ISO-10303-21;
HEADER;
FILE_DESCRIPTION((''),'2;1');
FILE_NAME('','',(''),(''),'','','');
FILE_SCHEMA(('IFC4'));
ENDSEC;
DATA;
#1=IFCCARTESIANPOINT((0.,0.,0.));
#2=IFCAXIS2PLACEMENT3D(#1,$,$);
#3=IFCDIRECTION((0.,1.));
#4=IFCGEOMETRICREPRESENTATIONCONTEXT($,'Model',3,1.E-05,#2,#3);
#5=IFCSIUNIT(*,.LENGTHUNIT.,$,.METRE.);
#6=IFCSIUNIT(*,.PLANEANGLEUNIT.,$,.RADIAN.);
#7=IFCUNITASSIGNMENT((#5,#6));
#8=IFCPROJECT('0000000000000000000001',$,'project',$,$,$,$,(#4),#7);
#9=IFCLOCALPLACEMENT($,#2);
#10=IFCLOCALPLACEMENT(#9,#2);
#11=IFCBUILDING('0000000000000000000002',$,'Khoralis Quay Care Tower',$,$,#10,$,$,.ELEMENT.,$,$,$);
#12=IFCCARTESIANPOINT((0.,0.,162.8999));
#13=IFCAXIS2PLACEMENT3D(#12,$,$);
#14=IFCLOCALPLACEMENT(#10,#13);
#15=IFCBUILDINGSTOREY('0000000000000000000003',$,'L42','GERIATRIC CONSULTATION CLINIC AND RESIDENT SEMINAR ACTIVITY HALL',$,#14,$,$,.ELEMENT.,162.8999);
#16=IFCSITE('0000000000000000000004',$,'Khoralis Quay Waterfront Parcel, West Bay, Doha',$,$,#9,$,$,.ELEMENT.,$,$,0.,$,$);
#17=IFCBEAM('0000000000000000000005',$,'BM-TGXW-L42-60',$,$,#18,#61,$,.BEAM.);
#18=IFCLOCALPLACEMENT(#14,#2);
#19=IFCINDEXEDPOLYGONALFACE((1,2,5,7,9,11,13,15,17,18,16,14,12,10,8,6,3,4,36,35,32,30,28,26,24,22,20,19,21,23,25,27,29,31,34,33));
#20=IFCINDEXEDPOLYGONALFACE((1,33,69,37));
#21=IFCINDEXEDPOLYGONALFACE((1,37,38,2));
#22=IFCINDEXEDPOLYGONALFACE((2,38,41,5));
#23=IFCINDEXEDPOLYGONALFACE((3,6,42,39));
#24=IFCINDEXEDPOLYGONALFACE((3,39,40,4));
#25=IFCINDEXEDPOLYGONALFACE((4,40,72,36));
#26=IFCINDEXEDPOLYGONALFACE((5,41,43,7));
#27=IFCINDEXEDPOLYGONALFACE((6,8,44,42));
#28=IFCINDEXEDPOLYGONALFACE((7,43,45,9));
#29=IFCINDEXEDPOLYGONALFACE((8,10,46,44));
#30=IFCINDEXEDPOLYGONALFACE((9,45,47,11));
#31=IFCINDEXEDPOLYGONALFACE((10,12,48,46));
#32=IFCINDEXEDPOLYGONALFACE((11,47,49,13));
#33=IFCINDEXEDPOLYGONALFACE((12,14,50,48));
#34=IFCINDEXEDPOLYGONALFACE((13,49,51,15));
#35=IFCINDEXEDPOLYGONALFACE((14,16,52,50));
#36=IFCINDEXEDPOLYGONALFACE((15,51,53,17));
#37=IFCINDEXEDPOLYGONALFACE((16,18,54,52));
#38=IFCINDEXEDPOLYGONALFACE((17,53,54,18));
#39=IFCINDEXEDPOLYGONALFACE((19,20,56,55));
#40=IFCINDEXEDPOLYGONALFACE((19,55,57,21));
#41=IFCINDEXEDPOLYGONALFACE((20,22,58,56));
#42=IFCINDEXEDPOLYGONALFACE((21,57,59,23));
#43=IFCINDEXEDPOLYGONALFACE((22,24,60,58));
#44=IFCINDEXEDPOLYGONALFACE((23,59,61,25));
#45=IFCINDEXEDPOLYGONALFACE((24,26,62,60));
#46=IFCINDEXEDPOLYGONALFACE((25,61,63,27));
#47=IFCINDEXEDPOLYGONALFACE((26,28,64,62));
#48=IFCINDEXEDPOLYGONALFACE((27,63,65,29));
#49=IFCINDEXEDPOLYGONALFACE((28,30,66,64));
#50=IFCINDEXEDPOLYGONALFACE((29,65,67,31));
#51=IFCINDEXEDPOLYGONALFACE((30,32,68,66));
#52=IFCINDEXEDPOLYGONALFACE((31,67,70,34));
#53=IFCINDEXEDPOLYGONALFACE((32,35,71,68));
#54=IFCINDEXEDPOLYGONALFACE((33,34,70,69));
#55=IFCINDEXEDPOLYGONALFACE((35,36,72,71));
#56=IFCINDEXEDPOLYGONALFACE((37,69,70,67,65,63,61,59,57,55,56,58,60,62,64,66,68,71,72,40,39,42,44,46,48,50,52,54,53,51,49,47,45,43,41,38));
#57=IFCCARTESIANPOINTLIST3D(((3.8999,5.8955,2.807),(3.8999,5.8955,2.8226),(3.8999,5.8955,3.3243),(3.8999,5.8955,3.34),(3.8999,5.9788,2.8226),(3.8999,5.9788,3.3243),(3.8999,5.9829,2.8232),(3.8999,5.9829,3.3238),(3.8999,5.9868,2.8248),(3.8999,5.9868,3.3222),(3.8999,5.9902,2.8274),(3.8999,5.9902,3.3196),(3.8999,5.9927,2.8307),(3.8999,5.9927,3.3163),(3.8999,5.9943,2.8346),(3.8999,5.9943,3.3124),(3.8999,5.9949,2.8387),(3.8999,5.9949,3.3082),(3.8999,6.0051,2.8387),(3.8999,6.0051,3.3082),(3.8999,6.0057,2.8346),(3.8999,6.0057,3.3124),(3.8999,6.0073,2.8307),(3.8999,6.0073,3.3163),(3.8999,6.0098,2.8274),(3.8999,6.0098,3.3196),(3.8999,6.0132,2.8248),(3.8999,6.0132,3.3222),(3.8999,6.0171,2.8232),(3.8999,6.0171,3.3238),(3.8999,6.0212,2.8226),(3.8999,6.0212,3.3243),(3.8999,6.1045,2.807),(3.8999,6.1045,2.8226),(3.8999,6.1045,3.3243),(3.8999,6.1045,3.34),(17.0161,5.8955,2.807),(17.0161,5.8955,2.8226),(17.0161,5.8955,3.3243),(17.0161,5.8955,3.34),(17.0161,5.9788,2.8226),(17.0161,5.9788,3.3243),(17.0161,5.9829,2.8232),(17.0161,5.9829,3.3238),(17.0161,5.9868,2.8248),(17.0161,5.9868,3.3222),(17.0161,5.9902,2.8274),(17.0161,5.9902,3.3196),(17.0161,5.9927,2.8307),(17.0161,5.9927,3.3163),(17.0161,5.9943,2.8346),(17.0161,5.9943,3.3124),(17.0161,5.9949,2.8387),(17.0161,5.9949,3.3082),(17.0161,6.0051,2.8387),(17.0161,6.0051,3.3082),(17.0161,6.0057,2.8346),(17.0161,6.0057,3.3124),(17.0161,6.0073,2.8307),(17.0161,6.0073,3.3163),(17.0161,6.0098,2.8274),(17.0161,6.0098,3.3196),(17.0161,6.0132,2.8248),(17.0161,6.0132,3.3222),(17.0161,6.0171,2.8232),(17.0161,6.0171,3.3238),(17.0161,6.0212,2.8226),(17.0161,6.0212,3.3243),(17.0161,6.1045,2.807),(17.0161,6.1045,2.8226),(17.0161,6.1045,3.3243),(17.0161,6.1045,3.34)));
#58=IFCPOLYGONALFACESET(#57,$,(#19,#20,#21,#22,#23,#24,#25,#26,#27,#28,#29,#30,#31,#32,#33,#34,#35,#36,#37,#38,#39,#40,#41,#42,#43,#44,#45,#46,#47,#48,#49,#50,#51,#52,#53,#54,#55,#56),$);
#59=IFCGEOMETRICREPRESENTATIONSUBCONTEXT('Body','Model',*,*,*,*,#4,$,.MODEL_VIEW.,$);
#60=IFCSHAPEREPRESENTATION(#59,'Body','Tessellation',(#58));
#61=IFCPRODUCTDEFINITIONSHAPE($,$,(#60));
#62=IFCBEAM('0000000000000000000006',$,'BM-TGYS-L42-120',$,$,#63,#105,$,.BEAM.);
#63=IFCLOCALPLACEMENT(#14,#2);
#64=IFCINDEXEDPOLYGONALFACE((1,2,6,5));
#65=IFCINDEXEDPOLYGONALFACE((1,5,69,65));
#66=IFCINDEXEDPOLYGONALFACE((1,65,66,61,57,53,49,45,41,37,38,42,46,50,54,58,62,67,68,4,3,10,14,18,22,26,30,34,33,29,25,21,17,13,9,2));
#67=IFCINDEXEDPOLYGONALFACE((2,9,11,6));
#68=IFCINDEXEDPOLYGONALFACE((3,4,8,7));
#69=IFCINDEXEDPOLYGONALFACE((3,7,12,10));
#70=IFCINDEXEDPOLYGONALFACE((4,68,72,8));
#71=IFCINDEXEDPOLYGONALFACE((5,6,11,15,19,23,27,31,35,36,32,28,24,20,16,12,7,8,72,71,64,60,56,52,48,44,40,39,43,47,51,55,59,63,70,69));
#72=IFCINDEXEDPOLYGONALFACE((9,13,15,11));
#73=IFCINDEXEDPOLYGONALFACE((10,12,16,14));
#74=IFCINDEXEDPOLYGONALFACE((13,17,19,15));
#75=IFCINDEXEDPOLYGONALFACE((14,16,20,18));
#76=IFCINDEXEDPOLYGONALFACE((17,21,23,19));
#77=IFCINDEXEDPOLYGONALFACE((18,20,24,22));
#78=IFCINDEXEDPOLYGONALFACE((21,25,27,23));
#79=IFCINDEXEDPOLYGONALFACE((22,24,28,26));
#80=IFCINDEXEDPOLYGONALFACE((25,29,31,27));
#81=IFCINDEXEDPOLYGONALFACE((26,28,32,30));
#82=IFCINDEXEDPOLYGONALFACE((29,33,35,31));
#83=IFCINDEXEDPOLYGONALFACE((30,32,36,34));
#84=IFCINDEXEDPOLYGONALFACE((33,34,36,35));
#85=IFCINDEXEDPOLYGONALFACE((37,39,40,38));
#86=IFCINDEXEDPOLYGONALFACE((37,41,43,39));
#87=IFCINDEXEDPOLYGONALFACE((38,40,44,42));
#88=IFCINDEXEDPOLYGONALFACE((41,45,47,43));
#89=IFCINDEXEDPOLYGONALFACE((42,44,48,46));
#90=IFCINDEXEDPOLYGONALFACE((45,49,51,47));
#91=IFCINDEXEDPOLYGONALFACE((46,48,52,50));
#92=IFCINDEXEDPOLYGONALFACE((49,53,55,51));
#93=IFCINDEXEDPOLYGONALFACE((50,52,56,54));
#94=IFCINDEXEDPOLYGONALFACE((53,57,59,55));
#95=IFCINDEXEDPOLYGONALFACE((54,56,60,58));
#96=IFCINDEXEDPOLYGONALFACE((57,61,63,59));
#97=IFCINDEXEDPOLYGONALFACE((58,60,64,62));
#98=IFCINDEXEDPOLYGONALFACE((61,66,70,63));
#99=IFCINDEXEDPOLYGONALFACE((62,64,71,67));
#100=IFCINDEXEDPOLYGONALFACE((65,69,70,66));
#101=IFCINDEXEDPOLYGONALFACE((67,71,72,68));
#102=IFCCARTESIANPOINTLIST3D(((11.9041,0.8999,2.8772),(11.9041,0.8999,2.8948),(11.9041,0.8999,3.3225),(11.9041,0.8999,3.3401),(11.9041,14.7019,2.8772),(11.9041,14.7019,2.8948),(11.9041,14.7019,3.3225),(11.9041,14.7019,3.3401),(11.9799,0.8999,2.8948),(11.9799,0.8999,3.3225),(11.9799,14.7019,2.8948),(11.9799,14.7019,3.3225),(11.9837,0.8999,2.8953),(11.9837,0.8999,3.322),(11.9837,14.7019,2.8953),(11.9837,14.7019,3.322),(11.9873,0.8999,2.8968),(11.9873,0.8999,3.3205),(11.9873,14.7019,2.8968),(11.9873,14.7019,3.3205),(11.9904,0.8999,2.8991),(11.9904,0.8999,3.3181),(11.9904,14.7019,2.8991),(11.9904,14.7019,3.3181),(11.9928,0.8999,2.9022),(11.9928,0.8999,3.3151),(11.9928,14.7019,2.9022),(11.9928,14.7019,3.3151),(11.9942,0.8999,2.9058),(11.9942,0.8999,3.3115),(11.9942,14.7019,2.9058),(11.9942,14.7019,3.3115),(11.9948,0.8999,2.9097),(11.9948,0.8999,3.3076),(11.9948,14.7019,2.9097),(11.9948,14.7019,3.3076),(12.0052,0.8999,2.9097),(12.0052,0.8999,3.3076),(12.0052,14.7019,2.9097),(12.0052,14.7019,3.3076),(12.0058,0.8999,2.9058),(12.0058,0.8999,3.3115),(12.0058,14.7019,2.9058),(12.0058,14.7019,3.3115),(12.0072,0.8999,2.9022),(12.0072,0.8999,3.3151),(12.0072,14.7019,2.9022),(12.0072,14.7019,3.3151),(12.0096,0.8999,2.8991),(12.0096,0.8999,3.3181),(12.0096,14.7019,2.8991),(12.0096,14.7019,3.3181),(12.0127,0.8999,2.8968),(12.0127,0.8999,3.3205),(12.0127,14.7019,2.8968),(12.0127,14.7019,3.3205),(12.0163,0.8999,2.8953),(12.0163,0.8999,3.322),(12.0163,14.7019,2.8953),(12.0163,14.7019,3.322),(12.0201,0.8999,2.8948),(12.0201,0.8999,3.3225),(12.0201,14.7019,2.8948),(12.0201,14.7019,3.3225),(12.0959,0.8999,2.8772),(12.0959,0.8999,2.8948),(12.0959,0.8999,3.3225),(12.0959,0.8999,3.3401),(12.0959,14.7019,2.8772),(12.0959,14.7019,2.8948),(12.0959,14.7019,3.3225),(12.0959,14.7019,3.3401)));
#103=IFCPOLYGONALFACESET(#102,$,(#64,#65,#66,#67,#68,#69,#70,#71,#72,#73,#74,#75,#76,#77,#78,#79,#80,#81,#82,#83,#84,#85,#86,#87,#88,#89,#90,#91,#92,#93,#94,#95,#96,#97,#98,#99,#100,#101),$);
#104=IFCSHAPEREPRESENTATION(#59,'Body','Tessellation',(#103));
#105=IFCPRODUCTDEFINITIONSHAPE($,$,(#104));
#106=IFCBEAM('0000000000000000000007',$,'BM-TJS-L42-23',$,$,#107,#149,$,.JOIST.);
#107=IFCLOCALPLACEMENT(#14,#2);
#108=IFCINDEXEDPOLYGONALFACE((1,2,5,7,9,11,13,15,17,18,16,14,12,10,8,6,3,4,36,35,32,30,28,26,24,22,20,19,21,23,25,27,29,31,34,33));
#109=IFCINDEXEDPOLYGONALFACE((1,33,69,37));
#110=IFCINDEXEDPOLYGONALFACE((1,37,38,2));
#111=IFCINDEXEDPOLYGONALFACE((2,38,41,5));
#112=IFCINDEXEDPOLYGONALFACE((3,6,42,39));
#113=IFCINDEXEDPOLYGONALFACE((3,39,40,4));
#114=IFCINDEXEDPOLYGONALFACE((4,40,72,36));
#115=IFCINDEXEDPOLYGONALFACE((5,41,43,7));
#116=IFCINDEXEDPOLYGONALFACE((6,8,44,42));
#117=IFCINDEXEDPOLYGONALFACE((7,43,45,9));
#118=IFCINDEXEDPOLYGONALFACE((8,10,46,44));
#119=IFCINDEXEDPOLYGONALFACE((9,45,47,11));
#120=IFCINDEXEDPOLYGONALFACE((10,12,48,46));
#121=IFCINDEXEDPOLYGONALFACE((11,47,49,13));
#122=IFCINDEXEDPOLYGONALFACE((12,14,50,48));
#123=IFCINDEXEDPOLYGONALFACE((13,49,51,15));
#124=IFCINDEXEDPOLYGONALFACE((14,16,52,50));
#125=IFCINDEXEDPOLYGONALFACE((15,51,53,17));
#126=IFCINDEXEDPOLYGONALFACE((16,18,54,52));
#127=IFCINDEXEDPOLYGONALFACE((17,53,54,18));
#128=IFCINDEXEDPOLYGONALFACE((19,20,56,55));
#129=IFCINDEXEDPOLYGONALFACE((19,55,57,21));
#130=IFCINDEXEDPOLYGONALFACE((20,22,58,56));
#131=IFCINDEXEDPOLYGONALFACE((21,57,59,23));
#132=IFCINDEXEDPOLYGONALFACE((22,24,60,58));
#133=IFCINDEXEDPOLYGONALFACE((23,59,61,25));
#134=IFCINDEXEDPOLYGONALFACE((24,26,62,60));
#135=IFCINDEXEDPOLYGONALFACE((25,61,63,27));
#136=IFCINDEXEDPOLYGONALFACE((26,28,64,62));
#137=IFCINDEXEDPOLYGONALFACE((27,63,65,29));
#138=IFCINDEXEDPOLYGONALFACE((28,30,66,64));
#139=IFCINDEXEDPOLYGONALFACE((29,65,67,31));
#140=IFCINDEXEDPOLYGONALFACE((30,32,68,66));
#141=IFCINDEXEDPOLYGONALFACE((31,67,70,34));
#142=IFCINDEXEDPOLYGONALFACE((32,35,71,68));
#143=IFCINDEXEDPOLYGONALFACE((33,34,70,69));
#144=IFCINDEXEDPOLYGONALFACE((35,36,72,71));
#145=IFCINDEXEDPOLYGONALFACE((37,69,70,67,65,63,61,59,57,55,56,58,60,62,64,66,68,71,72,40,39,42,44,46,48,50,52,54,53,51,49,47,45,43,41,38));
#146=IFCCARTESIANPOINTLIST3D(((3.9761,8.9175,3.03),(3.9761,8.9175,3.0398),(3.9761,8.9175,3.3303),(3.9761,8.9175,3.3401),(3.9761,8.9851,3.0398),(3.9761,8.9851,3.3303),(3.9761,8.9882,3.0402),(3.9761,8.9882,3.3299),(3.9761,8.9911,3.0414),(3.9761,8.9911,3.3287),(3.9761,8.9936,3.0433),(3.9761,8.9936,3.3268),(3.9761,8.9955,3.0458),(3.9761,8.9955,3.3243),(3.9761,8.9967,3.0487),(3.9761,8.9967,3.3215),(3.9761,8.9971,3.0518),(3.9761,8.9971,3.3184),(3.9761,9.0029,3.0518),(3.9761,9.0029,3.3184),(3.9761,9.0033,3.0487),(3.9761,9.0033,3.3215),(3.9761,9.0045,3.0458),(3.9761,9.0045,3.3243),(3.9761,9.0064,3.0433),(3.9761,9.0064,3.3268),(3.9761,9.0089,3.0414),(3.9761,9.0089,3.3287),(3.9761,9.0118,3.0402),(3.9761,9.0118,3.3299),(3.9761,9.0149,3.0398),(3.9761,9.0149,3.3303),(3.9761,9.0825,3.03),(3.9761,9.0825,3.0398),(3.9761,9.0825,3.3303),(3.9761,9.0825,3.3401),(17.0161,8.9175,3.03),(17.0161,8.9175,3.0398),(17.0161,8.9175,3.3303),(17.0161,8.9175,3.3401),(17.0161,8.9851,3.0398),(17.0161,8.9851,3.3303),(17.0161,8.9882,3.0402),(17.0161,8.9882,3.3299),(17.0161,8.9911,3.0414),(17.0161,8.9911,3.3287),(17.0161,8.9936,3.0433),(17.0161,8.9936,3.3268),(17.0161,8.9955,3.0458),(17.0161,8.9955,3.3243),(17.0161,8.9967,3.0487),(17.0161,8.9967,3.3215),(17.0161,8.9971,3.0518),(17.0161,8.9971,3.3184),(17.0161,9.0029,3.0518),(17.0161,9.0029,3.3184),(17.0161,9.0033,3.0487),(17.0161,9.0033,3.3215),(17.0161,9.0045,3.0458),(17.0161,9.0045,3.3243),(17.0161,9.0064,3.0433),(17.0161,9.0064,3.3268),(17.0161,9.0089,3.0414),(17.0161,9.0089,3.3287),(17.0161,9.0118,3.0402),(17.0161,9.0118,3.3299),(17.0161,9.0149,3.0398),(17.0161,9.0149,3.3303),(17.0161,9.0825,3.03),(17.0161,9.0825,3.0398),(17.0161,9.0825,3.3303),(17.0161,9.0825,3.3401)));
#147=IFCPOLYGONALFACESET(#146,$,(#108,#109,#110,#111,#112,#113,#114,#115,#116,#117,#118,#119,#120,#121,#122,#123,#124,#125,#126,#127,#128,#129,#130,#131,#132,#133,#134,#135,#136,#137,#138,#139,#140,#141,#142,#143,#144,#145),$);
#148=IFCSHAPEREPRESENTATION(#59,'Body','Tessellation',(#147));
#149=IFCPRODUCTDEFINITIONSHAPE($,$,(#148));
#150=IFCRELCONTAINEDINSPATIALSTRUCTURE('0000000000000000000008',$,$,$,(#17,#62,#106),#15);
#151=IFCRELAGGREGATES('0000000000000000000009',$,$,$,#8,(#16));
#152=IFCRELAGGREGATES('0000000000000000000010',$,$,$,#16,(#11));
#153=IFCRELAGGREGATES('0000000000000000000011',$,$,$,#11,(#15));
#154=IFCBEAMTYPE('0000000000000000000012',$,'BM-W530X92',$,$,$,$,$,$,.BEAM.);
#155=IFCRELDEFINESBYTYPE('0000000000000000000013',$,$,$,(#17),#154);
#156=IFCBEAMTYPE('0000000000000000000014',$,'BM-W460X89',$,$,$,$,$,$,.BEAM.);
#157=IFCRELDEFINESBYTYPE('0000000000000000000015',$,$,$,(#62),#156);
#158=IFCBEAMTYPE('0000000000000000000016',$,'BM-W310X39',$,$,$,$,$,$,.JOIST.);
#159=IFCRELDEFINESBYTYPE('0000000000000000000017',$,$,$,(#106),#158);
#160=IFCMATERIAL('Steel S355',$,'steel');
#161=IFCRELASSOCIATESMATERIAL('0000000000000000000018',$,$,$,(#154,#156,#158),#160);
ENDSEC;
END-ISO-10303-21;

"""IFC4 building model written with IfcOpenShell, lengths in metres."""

from ifc_helpers import new_model, si_unit, direction, frame, origin, origin_2d, place, context, subcontext, project, spatial, i_section, extrude, source, transform, mapped, material, material_profile, profile_set, type_object, element, save


model = new_model("IFC4")

# Units and contexts
model_context = context("Model", 3, precision=1e-05, world=origin(), true_north=direction((0.0, 1.0)))
body_context = subcontext(model_context, "Body", "Model", "MODEL_VIEW")
ifc_project = project(units=[si_unit("LENGTHUNIT", "METRE"), si_unit("PLANEANGLEUNIT", "RADIAN")], contexts=[model_context])

# Site, building, storey
site_placement = place(None, origin())
site = spatial("IfcSite", under=ifc_project, at=site_placement, Name="Khoralis Quay Waterfront Parcel, West Bay, Doha", CompositionType="ELEMENT", RefElevation=0.0)
building_placement = place(site_placement, origin())
building = spatial("IfcBuilding", under=site, at=building_placement, Name="Khoralis Quay Care Tower", CompositionType="ELEMENT")
storey_placement = place(building_placement, frame((0.0, 0.0, 162.8999)))
storey = spatial("IfcBuildingStorey", under=building, at=storey_placement, Name="L42", Description="GERIATRIC CONSULTATION CLINIC AND RESIDENT SEMINAR ACTIVITY HALL", CompositionType="ELEMENT", Elevation=162.8999)

# Beams
ifc_material_1 = material(Name="Steel S355", Category="steel")
ifc_material_profile_1 = material_profile(ifc_material_1, i_section(OverallWidth=0.209, OverallDepth=0.533, WebThickness=0.0103, FlangeThickness=0.0156, FilletRadius=0.0161, at=origin_2d()), Name="Steel S355")
ifc_profile_set_1 = profile_set([ifc_material_profile_1], Name="Steel S355")
beam_type_1 = type_object("IfcBeamType", Name="BM-W530X92", PredefinedType="BEAM", material=ifc_profile_set_1)
shared_shape_1 = source(origin(), body_context, "Body", "SweptSolid", [
    extrude(i_section(OverallWidth=0.209, OverallDepth=0.533, WebThickness=0.0103, FlangeThickness=0.0156, FilletRadius=0.0161, at=origin_2d()), origin(), (0.0, 0.0, 1.0), 13.1162),
])
beam_1_placement = place(storey_placement, frame((3.8999, 6.0, 3.0735), z_axis=(1.0, 0.0, 0.0), x_axis=(0.0, 1.0, 0.0)))
element("IfcBeam", 1, at=beam_1_placement, inside=storey, type_object=beam_type_1, Name="BM-TGXW-L42-60", PredefinedType="BEAM", context=body_context, shape_type="MappedRepresentation", body=[
    mapped(shared_shape_1, transform((0.0, 0.0, 0.0), scale=1.0)),
])
ifc_material_profile_2 = material_profile(ifc_material_1, i_section(OverallWidth=0.1919, OverallDepth=0.4629, WebThickness=0.0105, FlangeThickness=0.0176, FilletRadius=0.0149, at=origin_2d()), Name="Steel S355")
ifc_profile_set_2 = profile_set([ifc_material_profile_2], Name="Steel S355")
beam_type_2 = type_object("IfcBeamType", Name="BM-W460X89", PredefinedType="BEAM", material=ifc_profile_set_2)
shared_shape_2 = source(origin(), body_context, "Body", "SweptSolid", [
    extrude(i_section(OverallWidth=0.1919, OverallDepth=0.4629, WebThickness=0.0105, FlangeThickness=0.0176, FilletRadius=0.0149, at=origin_2d()), origin(), (0.0, 0.0, 1.0), 13.802),
])
beam_2_placement = place(storey_placement, frame((12.0, 0.8999, 3.1086), z_axis=(0.0, 1.0, 0.0), x_axis=(-1.0, 0.0, 0.0)))
element("IfcBeam", 2, at=beam_2_placement, inside=storey, type_object=beam_type_2, Name="BM-TGYS-L42-120", PredefinedType="BEAM", context=body_context, shape_type="MappedRepresentation", body=[
    mapped(shared_shape_2, transform((0.0, 0.0, 0.0), scale=1.0)),
])
ifc_material_profile_3 = material_profile(ifc_material_1, i_section(OverallWidth=0.165, OverallDepth=0.3101, WebThickness=0.0059, FlangeThickness=0.0098, FilletRadius=0.012, at=origin_2d()), Name="Steel S355")
ifc_profile_set_3 = profile_set([ifc_material_profile_3], Name="Steel S355")
beam_type_3 = type_object("IfcBeamType", Name="BM-W310X39", PredefinedType="JOIST", material=ifc_profile_set_3)
shared_shape_3 = source(origin(), body_context, "Body", "SweptSolid", [
    extrude(i_section(OverallWidth=0.165, OverallDepth=0.3101, WebThickness=0.0059, FlangeThickness=0.0098, FilletRadius=0.012, at=origin_2d()), origin(), (0.0, 0.0, 1.0), 13.04),
])
beam_3_placement = place(storey_placement, frame((3.9761, 9.0, 3.1851), z_axis=(1.0, 0.0, 0.0), x_axis=(0.0, 1.0, 0.0)))
element("IfcBeam", 3, at=beam_3_placement, inside=storey, type_object=beam_type_3, Name="BM-TJS-L42-23", PredefinedType="JOIST", context=body_context, shape_type="MappedRepresentation", body=[
    mapped(shared_shape_3, transform((0.0, 0.0, 0.0), scale=1.0)),
])

save(model, "model.ifc")
